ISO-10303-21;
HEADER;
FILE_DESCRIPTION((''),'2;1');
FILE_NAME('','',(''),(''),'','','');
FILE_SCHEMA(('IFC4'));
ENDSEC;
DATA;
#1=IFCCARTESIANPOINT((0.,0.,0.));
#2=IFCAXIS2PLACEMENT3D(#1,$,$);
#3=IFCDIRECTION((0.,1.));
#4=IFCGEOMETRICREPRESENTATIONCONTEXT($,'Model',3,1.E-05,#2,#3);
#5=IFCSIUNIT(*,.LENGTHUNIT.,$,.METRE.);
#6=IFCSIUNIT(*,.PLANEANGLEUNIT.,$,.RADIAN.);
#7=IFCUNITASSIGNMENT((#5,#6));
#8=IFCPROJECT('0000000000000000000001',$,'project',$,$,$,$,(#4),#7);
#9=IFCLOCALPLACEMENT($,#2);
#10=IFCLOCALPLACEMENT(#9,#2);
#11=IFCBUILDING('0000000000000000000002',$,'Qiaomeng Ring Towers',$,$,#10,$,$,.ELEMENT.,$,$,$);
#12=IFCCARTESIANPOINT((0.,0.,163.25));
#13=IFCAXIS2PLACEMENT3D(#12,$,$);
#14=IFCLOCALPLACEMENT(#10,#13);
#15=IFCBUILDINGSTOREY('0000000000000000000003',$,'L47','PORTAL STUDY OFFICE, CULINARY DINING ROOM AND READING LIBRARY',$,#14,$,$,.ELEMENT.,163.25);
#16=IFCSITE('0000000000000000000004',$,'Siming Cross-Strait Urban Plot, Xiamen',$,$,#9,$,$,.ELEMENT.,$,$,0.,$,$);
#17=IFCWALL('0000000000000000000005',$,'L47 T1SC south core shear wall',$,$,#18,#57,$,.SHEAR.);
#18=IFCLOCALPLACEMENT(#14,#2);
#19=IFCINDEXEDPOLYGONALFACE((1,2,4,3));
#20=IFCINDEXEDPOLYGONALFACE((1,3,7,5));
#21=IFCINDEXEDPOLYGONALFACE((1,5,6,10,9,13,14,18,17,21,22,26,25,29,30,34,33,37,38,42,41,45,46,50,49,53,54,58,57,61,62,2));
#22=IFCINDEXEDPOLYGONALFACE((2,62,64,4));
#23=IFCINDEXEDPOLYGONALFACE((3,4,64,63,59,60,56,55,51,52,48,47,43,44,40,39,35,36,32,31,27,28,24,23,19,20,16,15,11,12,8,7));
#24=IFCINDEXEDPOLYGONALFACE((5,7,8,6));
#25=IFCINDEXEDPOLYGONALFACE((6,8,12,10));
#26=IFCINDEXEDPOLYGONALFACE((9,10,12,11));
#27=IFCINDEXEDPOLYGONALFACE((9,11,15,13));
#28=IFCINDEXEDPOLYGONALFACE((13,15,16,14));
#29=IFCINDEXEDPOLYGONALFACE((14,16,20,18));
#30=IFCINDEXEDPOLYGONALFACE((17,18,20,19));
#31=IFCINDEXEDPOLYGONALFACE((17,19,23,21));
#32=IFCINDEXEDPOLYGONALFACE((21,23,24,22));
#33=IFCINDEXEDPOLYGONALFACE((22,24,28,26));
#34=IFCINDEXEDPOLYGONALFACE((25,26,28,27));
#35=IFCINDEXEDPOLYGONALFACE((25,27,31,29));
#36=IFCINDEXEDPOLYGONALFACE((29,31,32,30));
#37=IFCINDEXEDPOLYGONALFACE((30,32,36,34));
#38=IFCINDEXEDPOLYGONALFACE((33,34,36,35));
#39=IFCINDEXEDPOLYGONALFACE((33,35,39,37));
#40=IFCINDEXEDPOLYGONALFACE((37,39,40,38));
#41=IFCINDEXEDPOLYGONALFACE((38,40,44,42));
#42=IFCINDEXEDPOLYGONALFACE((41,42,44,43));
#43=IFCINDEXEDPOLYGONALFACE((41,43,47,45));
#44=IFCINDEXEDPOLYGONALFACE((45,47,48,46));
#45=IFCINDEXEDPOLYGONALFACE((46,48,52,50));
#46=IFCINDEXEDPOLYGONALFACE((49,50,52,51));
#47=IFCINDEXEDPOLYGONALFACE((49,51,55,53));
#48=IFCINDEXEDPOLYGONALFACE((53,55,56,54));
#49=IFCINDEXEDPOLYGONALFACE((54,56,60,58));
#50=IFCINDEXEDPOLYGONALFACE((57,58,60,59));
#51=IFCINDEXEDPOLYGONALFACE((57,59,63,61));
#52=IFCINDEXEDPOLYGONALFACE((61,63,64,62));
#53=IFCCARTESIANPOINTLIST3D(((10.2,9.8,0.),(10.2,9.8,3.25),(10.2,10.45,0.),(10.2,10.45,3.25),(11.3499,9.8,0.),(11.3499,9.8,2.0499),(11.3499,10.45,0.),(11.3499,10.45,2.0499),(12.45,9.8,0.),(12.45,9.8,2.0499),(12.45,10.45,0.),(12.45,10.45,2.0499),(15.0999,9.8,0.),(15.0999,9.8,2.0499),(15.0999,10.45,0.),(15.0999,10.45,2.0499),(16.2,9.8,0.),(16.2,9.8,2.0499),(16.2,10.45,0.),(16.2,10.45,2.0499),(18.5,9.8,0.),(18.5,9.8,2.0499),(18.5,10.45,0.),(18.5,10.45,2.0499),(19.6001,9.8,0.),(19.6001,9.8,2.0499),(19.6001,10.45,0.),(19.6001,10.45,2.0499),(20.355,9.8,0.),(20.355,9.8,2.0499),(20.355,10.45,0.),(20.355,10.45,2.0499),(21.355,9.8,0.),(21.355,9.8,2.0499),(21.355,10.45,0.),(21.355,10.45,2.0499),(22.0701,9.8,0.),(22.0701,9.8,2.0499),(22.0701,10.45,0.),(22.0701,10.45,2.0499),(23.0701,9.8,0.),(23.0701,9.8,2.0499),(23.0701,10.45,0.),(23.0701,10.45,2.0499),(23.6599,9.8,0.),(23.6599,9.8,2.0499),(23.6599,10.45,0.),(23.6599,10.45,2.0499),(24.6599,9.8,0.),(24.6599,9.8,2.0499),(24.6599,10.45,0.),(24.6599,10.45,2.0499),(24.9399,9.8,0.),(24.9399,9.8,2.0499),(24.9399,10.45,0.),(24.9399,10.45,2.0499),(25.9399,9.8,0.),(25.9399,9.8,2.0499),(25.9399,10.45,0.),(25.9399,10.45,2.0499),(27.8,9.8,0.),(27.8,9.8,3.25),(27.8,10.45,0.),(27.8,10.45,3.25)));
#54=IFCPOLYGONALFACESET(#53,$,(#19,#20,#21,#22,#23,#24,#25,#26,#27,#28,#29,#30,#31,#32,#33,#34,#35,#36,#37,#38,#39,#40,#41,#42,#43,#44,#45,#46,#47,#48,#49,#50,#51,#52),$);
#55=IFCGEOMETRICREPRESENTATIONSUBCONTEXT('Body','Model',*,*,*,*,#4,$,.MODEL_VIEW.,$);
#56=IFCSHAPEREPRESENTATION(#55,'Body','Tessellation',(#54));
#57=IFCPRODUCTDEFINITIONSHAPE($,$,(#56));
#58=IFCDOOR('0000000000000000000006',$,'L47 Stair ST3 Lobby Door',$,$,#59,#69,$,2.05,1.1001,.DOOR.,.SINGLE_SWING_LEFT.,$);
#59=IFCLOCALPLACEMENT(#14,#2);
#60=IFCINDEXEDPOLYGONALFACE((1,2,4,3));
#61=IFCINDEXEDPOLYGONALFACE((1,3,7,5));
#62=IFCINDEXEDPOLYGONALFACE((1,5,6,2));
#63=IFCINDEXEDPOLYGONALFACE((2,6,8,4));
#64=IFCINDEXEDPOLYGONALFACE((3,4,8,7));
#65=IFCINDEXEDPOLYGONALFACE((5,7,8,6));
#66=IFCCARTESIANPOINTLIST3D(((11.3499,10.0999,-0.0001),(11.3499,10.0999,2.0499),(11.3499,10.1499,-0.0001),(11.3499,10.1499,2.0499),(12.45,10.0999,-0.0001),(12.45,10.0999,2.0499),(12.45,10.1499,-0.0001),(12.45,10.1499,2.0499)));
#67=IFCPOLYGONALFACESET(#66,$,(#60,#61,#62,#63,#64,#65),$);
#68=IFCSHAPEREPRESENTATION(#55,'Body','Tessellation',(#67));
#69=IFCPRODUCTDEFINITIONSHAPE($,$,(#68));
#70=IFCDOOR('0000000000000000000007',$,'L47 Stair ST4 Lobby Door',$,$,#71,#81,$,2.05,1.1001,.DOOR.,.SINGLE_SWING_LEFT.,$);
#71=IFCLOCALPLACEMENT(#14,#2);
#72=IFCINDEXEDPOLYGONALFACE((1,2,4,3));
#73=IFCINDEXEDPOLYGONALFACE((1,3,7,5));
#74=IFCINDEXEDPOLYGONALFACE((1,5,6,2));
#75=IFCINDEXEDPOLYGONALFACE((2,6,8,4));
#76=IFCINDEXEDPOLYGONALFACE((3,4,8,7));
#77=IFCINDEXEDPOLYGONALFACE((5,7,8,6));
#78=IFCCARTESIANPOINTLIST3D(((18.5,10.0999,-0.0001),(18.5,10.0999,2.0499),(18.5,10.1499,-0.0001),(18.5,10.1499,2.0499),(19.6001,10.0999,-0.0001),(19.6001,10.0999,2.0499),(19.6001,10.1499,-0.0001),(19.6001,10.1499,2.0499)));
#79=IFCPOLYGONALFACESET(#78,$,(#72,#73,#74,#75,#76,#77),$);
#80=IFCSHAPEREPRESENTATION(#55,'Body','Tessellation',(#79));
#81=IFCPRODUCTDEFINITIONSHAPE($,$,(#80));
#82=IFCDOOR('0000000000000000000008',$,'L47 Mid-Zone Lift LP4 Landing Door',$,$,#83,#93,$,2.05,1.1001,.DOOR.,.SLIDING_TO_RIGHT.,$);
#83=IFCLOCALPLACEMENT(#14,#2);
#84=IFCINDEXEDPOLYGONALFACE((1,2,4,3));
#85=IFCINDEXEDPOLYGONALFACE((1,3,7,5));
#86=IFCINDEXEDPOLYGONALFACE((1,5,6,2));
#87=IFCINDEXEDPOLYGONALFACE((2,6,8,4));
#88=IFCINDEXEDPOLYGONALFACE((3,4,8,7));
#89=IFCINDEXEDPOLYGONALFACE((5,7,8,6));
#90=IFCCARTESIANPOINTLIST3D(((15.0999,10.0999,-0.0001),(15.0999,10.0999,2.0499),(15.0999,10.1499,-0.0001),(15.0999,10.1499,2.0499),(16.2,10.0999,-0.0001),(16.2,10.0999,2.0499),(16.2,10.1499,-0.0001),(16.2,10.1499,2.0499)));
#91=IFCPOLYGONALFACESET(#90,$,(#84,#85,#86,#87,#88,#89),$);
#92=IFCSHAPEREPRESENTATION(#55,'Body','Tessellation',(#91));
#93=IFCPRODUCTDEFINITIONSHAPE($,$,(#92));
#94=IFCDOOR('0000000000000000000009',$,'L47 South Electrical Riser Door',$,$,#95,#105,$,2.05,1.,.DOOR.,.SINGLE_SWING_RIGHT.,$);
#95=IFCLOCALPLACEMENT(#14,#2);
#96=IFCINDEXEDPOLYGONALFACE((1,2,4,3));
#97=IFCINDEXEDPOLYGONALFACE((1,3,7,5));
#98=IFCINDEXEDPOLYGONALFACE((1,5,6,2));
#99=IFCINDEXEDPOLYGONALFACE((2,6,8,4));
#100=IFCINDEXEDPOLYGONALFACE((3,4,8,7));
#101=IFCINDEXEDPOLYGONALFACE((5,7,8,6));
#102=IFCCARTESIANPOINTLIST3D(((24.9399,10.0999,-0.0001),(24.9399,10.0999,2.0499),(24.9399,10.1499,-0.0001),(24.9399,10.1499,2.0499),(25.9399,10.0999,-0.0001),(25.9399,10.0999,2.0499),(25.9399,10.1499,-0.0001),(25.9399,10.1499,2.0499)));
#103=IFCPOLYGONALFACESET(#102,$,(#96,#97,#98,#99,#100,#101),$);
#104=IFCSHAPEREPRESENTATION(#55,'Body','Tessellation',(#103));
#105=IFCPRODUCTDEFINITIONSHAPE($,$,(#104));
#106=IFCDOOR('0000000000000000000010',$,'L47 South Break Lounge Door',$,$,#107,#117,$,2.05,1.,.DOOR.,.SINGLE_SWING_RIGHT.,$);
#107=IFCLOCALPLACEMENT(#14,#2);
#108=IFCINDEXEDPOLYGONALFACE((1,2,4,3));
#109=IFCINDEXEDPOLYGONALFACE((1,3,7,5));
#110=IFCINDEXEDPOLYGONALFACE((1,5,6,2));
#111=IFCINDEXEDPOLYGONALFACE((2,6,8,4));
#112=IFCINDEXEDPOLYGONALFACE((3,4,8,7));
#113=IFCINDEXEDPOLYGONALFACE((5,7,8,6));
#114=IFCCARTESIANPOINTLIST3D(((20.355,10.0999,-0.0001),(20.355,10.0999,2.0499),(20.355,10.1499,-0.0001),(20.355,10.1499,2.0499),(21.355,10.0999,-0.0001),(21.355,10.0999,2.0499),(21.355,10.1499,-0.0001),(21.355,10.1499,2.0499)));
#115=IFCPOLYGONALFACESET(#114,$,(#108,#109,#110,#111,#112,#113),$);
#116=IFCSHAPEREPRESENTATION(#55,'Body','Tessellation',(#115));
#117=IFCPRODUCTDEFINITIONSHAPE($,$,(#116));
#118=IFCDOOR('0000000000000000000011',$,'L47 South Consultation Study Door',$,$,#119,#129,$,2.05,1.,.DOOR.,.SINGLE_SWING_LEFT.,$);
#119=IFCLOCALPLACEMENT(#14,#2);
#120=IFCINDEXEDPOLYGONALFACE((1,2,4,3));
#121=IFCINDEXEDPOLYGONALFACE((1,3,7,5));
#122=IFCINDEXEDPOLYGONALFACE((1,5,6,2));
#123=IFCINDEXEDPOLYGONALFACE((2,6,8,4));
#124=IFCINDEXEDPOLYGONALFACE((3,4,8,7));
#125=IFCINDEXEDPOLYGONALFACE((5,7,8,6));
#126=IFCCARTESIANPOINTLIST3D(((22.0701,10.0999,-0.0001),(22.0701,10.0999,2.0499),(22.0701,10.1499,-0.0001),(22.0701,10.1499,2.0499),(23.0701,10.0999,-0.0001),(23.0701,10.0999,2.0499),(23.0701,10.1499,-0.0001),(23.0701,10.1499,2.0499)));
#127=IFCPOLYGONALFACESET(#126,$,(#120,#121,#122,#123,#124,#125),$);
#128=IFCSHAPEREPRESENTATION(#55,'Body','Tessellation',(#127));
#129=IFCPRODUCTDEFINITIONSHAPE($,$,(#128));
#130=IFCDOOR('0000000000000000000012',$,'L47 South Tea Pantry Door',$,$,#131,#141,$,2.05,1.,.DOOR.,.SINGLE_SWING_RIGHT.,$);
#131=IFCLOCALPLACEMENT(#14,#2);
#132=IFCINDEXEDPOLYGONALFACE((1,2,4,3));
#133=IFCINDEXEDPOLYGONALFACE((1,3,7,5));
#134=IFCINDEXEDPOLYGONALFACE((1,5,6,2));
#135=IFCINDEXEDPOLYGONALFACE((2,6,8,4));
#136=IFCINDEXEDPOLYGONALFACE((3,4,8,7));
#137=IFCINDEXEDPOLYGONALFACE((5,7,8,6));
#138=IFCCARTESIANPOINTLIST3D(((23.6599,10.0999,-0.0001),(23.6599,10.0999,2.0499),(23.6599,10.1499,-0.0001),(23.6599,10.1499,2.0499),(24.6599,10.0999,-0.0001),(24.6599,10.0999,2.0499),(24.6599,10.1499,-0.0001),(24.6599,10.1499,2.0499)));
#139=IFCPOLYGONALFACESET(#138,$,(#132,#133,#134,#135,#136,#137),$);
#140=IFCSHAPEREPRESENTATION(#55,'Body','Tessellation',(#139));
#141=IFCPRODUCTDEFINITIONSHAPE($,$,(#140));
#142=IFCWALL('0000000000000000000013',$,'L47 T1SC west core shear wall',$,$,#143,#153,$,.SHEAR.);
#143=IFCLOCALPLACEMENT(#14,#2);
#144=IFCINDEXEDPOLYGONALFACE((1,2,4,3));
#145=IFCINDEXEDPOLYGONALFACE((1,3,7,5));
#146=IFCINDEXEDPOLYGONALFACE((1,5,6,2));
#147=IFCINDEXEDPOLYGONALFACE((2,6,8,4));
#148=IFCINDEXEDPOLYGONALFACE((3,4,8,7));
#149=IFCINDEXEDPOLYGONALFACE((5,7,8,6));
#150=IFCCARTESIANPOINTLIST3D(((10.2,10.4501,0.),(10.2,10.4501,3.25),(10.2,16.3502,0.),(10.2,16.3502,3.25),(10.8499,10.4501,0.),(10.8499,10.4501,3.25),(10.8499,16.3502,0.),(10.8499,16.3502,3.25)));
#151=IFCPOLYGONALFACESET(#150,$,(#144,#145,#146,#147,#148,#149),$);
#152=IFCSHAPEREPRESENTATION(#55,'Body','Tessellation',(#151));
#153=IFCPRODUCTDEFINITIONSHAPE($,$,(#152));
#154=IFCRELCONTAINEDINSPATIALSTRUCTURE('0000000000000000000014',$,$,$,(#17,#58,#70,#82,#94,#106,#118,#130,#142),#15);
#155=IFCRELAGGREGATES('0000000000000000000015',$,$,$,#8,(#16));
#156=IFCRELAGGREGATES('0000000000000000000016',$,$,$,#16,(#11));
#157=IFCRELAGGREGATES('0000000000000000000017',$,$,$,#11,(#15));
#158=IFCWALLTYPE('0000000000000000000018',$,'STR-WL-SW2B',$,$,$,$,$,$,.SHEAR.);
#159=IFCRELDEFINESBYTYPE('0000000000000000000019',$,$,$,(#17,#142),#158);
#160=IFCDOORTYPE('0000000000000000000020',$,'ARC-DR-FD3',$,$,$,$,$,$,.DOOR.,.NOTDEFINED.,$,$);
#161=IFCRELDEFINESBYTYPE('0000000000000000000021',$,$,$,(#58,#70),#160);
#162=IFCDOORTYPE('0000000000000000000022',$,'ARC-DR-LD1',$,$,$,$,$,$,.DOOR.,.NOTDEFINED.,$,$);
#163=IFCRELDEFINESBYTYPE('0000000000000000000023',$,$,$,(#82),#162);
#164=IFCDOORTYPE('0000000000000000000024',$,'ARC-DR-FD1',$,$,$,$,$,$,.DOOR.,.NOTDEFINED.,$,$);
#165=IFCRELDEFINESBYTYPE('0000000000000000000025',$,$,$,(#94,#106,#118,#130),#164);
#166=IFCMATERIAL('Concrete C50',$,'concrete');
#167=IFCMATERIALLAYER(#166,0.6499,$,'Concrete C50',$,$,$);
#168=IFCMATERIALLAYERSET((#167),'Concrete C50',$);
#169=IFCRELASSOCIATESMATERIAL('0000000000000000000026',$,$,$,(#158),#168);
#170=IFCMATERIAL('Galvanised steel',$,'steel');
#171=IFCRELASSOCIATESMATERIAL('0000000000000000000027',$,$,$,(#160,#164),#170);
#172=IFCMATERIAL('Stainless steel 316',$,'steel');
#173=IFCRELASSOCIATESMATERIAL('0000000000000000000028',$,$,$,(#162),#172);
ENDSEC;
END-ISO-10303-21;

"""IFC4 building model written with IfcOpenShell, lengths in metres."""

from ifc_helpers import new_model, si_unit, direction, frame, frame_2d, origin, place, context, subcontext, project, spatial, rectangle, extrude, source, transform, mapped, material, layer, layer_set, type_object, element, fill, save


model = new_model("IFC4")

# Units and contexts
model_context = context("Model", 3, precision=1e-05, world=origin(), true_north=direction((0.0, 1.0)))
body_context = subcontext(model_context, "Body", "Model", "MODEL_VIEW")
ifc_project = project(units=[si_unit("LENGTHUNIT", "METRE"), si_unit("PLANEANGLEUNIT", "RADIAN")], contexts=[model_context])

# Site, building, storey
site_placement = place(None, origin())
site = spatial("IfcSite", under=ifc_project, at=site_placement, Name="Siming Cross-Strait Urban Plot, Xiamen", CompositionType="ELEMENT", RefElevation=0.0)
building_placement = place(site_placement, origin())
building = spatial("IfcBuilding", under=site, at=building_placement, Name="Qiaomeng Ring Towers", CompositionType="ELEMENT")
storey_placement = place(building_placement, frame((0.0, 0.0, 163.25)))
storey = spatial("IfcBuildingStorey", under=building, at=storey_placement, Name="L47", Description="PORTAL STUDY OFFICE, CULINARY DINING ROOM AND READING LIBRARY", CompositionType="ELEMENT", Elevation=163.25)

# Shared definitions
shared_shape_1 = source(origin(), body_context, "Body", "SweptSolid", [
    extrude(rectangle(XDim=1.0, YDim=2.05, at=frame_2d((0.5, 1.0249))), frame((0.0, 0.0249, 0.0), z_axis=(0.0, -1.0, 0.0), x_axis=(1.0, 0.0, 0.0)), (0.0, 0.0, 1.0), 0.05),
])

# Wall, openings, doors
ifc_material_1 = material(Name="Concrete C50", Category="concrete")
ifc_layer_1 = layer(ifc_material_1, 0.6499, Name="Concrete C50")
ifc_layer_set_1 = layer_set([ifc_layer_1], Name="Concrete C50")
wall_type_1 = type_object("IfcWallType", Name="STR-WL-SW2B", PredefinedType="SHEAR", material=ifc_layer_set_1)
wall_1_placement = place(storey_placement, frame((10.2, 10.125, 0.0), z_axis=(0.0, 0.0, 1.0), x_axis=(1.0, 0.0, 0.0)))
wall_1 = element("IfcWall", 1, at=wall_1_placement, inside=storey, type_object=wall_type_1, Name="L47 T1SC south core shear wall", PredefinedType="SHEAR", context=body_context, shape_type="SweptSolid", body=[
    extrude(rectangle(XDim=17.6001, YDim=0.6499, at=frame_2d((8.8, 0.0))), origin(), (0.0, 0.0, 1.0), 3.25),
])
opening_1_placement = place(wall_1_placement, frame((1.1499, 0.0, 0.0)))
opening_1 = element("IfcOpeningElement", 2, at=opening_1_placement, cuts=wall_1, PredefinedType="OPENING", context=body_context, shape_type="SweptSolid", body=[
    extrude(rectangle(XDim=1.1001, YDim=2.05, at=frame_2d((0.55, 1.0249))), frame((0.0, 0.335, 0.0), z_axis=(0.0, -1.0, 0.0), x_axis=(1.0, 0.0, 0.0)), (0.0, 0.0, 1.0), 0.6699),
])
opening_2_placement = place(wall_1_placement, frame((8.3, 0.0, 0.0)))
opening_2 = element("IfcOpeningElement", 3, at=opening_2_placement, cuts=wall_1, PredefinedType="OPENING", context=body_context, shape_type="SweptSolid", body=[
    extrude(rectangle(XDim=1.1001, YDim=2.05, at=frame_2d((0.55, 1.0249))), frame((0.0, 0.335, 0.0), z_axis=(0.0, -1.0, 0.0), x_axis=(1.0, 0.0, 0.0)), (0.0, 0.0, 1.0), 0.6699),
])
opening_3_placement = place(wall_1_placement, frame((4.8999, 0.0, 0.0)))
opening_3 = element("IfcOpeningElement", 4, at=opening_3_placement, cuts=wall_1, PredefinedType="OPENING", context=body_context, shape_type="SweptSolid", body=[
    extrude(rectangle(XDim=1.1001, YDim=2.05, at=frame_2d((0.55, 1.0249))), frame((0.0, 0.335, 0.0), z_axis=(0.0, -1.0, 0.0), x_axis=(1.0, 0.0, 0.0)), (0.0, 0.0, 1.0), 0.6699),
])
opening_4_placement = place(wall_1_placement, frame((14.74, 0.0, 0.0)))
opening_4 = element("IfcOpeningElement", 5, at=opening_4_placement, cuts=wall_1, PredefinedType="OPENING", context=body_context, shape_type="SweptSolid", body=[
    extrude(rectangle(XDim=1.0, YDim=2.05, at=frame_2d((0.5, 1.0249))), frame((0.0, 0.335, 0.0), z_axis=(0.0, -1.0, 0.0), x_axis=(1.0, 0.0, 0.0)), (0.0, 0.0, 1.0), 0.6699),
])
opening_5_placement = place(wall_1_placement, frame((10.155, 0.0, 0.0)))
opening_5 = element("IfcOpeningElement", 6, at=opening_5_placement, cuts=wall_1, PredefinedType="OPENING", context=body_context, shape_type="SweptSolid", body=[
    extrude(rectangle(XDim=1.0, YDim=2.05, at=frame_2d((0.5, 1.0249))), frame((0.0, 0.335, 0.0), z_axis=(0.0, -1.0, 0.0), x_axis=(1.0, 0.0, 0.0)), (0.0, 0.0, 1.0), 0.6699),
])
opening_6_placement = place(wall_1_placement, frame((11.8701, 0.0, 0.0)))
opening_6 = element("IfcOpeningElement", 7, at=opening_6_placement, cuts=wall_1, PredefinedType="OPENING", context=body_context, shape_type="SweptSolid", body=[
    extrude(rectangle(XDim=1.0, YDim=2.05, at=frame_2d((0.5, 1.0249))), frame((0.0, 0.335, 0.0), z_axis=(0.0, -1.0, 0.0), x_axis=(1.0, 0.0, 0.0)), (0.0, 0.0, 1.0), 0.6699),
])
opening_7_placement = place(wall_1_placement, frame((13.46, 0.0, 0.0)))
opening_7 = element("IfcOpeningElement", 8, at=opening_7_placement, cuts=wall_1, PredefinedType="OPENING", context=body_context, shape_type="SweptSolid", body=[
    extrude(rectangle(XDim=1.0, YDim=2.05, at=frame_2d((0.5, 1.0249))), frame((0.0, 0.335, 0.0), z_axis=(0.0, -1.0, 0.0), x_axis=(1.0, 0.0, 0.0)), (0.0, 0.0, 1.0), 0.6699),
])
ifc_material_2 = material(Name="Galvanised steel", Category="steel")
door_type_1 = type_object("IfcDoorType", Name="ARC-DR-FD3", OperationType="NOTDEFINED", PredefinedType="DOOR", material=ifc_material_2)
shared_shape_2 = source(origin(), body_context, "Body", "SweptSolid", [
    extrude(rectangle(XDim=1.1001, YDim=2.05, at=frame_2d((0.55, 1.0249))), frame((0.0, 0.0249, 0.0), z_axis=(0.0, -1.0, 0.0), x_axis=(1.0, 0.0, 0.0)), (0.0, 0.0, 1.0), 0.05),
])
door_1_placement = place(opening_1_placement, origin())
door_1 = element("IfcDoor", 9, at=door_1_placement, inside=storey, type_object=door_type_1, Name="L47 Stair ST3 Lobby Door", OperationType="SINGLE_SWING_LEFT", OverallHeight=2.05, OverallWidth=1.1001, PredefinedType="DOOR", context=body_context, shape_type="MappedRepresentation", body=[
    mapped(shared_shape_2, transform((0.0, 0.0, 0.0), x_axis=(1.0, 0.0, 0.0), y_axis=(0.0, 1.0, 0.0), z_axis=(0.0, 0.0, 1.0), scale=1.0)),
])
fill(opening_1, door_1)
door_2_placement = place(opening_2_placement, origin())
door_2 = element("IfcDoor", 10, at=door_2_placement, inside=storey, type_object=door_type_1, Name="L47 Stair ST4 Lobby Door", OperationType="SINGLE_SWING_LEFT", OverallHeight=2.05, OverallWidth=1.1001, PredefinedType="DOOR", context=body_context, shape_type="MappedRepresentation", body=[
    mapped(shared_shape_2, transform((0.0, 0.0, 0.0), x_axis=(1.0, 0.0, 0.0), y_axis=(0.0, 1.0, 0.0), z_axis=(0.0, 0.0, 1.0), scale=1.0)),
])
fill(opening_2, door_2)
ifc_material_3 = material(Name="Stainless steel 316", Category="steel")
door_type_2 = type_object("IfcDoorType", Name="ARC-DR-LD1", OperationType="NOTDEFINED", PredefinedType="DOOR", material=ifc_material_3)
door_3_placement = place(opening_3_placement, origin())
door_3 = element("IfcDoor", 11, at=door_3_placement, inside=storey, type_object=door_type_2, Name="L47 Mid-Zone Lift LP4 Landing Door", OperationType="SLIDING_TO_RIGHT", OverallHeight=2.05, OverallWidth=1.1001, PredefinedType="DOOR", context=body_context, shape_type="MappedRepresentation", body=[
    mapped(shared_shape_2, transform((0.0, 0.0, 0.0), x_axis=(1.0, 0.0, 0.0), y_axis=(0.0, 1.0, 0.0), z_axis=(0.0, 0.0, 1.0), scale=1.0)),
])
fill(opening_3, door_3)
door_type_3 = type_object("IfcDoorType", Name="ARC-DR-FD1", OperationType="NOTDEFINED", PredefinedType="DOOR", material=ifc_material_2)
door_4_placement = place(opening_4_placement, origin())
door_4 = element("IfcDoor", 12, at=door_4_placement, inside=storey, type_object=door_type_3, Name="L47 South Electrical Riser Door", OperationType="SINGLE_SWING_RIGHT", OverallHeight=2.05, OverallWidth=1.0, PredefinedType="DOOR", context=body_context, shape_type="MappedRepresentation", body=[
    mapped(shared_shape_1, transform((0.0, 0.0, 0.0), x_axis=(1.0, 0.0, 0.0), y_axis=(0.0, 1.0, 0.0), z_axis=(0.0, 0.0, 1.0), scale=1.0)),
])
fill(opening_4, door_4)
door_5_placement = place(opening_5_placement, origin())
door_5 = element("IfcDoor", 13, at=door_5_placement, inside=storey, type_object=door_type_3, Name="L47 South Break Lounge Door", OperationType="SINGLE_SWING_RIGHT", OverallHeight=2.05, OverallWidth=1.0, PredefinedType="DOOR", context=body_context, shape_type="MappedRepresentation", body=[
    mapped(shared_shape_1, transform((0.0, 0.0, 0.0), x_axis=(1.0, 0.0, 0.0), y_axis=(0.0, 1.0, 0.0), z_axis=(0.0, 0.0, 1.0), scale=1.0)),
])
fill(opening_5, door_5)
door_6_placement = place(opening_6_placement, origin())
door_6 = element("IfcDoor", 14, at=door_6_placement, inside=storey, type_object=door_type_3, Name="L47 South Consultation Study Door", OperationType="SINGLE_SWING_LEFT", OverallHeight=2.05, OverallWidth=1.0, PredefinedType="DOOR", context=body_context, shape_type="MappedRepresentation", body=[
    mapped(shared_shape_1, transform((0.0, 0.0, 0.0), x_axis=(1.0, 0.0, 0.0), y_axis=(0.0, 1.0, 0.0), z_axis=(0.0, 0.0, 1.0), scale=1.0)),
])
fill(opening_6, door_6)
door_7_placement = place(opening_7_placement, origin())
door_7 = element("IfcDoor", 15, at=door_7_placement, inside=storey, type_object=door_type_3, Name="L47 South Tea Pantry Door", OperationType="SINGLE_SWING_RIGHT", OverallHeight=2.05, OverallWidth=1.0, PredefinedType="DOOR", context=body_context, shape_type="MappedRepresentation", body=[
    mapped(shared_shape_1, transform((0.0, 0.0, 0.0), x_axis=(1.0, 0.0, 0.0), y_axis=(0.0, 1.0, 0.0), z_axis=(0.0, 0.0, 1.0), scale=1.0)),
])
fill(opening_7, door_7)

# Wall
wall_2_placement = place(storey_placement, frame((10.5249, 10.45, 0.0), z_axis=(0.0, 0.0, 1.0), x_axis=(0.0, 1.0, 0.0)))
element("IfcWall", 16, at=wall_2_placement, inside=storey, type_object=wall_type_1, Name="L47 T1SC west core shear wall", PredefinedType="SHEAR", context=body_context, shape_type="SweptSolid", body=[
    extrude(rectangle(XDim=5.9001, YDim=0.6499, at=frame_2d((2.9502, 0.0))), origin(), (0.0, 0.0, 1.0), 3.25),
])

save(model, "model.ifc")
